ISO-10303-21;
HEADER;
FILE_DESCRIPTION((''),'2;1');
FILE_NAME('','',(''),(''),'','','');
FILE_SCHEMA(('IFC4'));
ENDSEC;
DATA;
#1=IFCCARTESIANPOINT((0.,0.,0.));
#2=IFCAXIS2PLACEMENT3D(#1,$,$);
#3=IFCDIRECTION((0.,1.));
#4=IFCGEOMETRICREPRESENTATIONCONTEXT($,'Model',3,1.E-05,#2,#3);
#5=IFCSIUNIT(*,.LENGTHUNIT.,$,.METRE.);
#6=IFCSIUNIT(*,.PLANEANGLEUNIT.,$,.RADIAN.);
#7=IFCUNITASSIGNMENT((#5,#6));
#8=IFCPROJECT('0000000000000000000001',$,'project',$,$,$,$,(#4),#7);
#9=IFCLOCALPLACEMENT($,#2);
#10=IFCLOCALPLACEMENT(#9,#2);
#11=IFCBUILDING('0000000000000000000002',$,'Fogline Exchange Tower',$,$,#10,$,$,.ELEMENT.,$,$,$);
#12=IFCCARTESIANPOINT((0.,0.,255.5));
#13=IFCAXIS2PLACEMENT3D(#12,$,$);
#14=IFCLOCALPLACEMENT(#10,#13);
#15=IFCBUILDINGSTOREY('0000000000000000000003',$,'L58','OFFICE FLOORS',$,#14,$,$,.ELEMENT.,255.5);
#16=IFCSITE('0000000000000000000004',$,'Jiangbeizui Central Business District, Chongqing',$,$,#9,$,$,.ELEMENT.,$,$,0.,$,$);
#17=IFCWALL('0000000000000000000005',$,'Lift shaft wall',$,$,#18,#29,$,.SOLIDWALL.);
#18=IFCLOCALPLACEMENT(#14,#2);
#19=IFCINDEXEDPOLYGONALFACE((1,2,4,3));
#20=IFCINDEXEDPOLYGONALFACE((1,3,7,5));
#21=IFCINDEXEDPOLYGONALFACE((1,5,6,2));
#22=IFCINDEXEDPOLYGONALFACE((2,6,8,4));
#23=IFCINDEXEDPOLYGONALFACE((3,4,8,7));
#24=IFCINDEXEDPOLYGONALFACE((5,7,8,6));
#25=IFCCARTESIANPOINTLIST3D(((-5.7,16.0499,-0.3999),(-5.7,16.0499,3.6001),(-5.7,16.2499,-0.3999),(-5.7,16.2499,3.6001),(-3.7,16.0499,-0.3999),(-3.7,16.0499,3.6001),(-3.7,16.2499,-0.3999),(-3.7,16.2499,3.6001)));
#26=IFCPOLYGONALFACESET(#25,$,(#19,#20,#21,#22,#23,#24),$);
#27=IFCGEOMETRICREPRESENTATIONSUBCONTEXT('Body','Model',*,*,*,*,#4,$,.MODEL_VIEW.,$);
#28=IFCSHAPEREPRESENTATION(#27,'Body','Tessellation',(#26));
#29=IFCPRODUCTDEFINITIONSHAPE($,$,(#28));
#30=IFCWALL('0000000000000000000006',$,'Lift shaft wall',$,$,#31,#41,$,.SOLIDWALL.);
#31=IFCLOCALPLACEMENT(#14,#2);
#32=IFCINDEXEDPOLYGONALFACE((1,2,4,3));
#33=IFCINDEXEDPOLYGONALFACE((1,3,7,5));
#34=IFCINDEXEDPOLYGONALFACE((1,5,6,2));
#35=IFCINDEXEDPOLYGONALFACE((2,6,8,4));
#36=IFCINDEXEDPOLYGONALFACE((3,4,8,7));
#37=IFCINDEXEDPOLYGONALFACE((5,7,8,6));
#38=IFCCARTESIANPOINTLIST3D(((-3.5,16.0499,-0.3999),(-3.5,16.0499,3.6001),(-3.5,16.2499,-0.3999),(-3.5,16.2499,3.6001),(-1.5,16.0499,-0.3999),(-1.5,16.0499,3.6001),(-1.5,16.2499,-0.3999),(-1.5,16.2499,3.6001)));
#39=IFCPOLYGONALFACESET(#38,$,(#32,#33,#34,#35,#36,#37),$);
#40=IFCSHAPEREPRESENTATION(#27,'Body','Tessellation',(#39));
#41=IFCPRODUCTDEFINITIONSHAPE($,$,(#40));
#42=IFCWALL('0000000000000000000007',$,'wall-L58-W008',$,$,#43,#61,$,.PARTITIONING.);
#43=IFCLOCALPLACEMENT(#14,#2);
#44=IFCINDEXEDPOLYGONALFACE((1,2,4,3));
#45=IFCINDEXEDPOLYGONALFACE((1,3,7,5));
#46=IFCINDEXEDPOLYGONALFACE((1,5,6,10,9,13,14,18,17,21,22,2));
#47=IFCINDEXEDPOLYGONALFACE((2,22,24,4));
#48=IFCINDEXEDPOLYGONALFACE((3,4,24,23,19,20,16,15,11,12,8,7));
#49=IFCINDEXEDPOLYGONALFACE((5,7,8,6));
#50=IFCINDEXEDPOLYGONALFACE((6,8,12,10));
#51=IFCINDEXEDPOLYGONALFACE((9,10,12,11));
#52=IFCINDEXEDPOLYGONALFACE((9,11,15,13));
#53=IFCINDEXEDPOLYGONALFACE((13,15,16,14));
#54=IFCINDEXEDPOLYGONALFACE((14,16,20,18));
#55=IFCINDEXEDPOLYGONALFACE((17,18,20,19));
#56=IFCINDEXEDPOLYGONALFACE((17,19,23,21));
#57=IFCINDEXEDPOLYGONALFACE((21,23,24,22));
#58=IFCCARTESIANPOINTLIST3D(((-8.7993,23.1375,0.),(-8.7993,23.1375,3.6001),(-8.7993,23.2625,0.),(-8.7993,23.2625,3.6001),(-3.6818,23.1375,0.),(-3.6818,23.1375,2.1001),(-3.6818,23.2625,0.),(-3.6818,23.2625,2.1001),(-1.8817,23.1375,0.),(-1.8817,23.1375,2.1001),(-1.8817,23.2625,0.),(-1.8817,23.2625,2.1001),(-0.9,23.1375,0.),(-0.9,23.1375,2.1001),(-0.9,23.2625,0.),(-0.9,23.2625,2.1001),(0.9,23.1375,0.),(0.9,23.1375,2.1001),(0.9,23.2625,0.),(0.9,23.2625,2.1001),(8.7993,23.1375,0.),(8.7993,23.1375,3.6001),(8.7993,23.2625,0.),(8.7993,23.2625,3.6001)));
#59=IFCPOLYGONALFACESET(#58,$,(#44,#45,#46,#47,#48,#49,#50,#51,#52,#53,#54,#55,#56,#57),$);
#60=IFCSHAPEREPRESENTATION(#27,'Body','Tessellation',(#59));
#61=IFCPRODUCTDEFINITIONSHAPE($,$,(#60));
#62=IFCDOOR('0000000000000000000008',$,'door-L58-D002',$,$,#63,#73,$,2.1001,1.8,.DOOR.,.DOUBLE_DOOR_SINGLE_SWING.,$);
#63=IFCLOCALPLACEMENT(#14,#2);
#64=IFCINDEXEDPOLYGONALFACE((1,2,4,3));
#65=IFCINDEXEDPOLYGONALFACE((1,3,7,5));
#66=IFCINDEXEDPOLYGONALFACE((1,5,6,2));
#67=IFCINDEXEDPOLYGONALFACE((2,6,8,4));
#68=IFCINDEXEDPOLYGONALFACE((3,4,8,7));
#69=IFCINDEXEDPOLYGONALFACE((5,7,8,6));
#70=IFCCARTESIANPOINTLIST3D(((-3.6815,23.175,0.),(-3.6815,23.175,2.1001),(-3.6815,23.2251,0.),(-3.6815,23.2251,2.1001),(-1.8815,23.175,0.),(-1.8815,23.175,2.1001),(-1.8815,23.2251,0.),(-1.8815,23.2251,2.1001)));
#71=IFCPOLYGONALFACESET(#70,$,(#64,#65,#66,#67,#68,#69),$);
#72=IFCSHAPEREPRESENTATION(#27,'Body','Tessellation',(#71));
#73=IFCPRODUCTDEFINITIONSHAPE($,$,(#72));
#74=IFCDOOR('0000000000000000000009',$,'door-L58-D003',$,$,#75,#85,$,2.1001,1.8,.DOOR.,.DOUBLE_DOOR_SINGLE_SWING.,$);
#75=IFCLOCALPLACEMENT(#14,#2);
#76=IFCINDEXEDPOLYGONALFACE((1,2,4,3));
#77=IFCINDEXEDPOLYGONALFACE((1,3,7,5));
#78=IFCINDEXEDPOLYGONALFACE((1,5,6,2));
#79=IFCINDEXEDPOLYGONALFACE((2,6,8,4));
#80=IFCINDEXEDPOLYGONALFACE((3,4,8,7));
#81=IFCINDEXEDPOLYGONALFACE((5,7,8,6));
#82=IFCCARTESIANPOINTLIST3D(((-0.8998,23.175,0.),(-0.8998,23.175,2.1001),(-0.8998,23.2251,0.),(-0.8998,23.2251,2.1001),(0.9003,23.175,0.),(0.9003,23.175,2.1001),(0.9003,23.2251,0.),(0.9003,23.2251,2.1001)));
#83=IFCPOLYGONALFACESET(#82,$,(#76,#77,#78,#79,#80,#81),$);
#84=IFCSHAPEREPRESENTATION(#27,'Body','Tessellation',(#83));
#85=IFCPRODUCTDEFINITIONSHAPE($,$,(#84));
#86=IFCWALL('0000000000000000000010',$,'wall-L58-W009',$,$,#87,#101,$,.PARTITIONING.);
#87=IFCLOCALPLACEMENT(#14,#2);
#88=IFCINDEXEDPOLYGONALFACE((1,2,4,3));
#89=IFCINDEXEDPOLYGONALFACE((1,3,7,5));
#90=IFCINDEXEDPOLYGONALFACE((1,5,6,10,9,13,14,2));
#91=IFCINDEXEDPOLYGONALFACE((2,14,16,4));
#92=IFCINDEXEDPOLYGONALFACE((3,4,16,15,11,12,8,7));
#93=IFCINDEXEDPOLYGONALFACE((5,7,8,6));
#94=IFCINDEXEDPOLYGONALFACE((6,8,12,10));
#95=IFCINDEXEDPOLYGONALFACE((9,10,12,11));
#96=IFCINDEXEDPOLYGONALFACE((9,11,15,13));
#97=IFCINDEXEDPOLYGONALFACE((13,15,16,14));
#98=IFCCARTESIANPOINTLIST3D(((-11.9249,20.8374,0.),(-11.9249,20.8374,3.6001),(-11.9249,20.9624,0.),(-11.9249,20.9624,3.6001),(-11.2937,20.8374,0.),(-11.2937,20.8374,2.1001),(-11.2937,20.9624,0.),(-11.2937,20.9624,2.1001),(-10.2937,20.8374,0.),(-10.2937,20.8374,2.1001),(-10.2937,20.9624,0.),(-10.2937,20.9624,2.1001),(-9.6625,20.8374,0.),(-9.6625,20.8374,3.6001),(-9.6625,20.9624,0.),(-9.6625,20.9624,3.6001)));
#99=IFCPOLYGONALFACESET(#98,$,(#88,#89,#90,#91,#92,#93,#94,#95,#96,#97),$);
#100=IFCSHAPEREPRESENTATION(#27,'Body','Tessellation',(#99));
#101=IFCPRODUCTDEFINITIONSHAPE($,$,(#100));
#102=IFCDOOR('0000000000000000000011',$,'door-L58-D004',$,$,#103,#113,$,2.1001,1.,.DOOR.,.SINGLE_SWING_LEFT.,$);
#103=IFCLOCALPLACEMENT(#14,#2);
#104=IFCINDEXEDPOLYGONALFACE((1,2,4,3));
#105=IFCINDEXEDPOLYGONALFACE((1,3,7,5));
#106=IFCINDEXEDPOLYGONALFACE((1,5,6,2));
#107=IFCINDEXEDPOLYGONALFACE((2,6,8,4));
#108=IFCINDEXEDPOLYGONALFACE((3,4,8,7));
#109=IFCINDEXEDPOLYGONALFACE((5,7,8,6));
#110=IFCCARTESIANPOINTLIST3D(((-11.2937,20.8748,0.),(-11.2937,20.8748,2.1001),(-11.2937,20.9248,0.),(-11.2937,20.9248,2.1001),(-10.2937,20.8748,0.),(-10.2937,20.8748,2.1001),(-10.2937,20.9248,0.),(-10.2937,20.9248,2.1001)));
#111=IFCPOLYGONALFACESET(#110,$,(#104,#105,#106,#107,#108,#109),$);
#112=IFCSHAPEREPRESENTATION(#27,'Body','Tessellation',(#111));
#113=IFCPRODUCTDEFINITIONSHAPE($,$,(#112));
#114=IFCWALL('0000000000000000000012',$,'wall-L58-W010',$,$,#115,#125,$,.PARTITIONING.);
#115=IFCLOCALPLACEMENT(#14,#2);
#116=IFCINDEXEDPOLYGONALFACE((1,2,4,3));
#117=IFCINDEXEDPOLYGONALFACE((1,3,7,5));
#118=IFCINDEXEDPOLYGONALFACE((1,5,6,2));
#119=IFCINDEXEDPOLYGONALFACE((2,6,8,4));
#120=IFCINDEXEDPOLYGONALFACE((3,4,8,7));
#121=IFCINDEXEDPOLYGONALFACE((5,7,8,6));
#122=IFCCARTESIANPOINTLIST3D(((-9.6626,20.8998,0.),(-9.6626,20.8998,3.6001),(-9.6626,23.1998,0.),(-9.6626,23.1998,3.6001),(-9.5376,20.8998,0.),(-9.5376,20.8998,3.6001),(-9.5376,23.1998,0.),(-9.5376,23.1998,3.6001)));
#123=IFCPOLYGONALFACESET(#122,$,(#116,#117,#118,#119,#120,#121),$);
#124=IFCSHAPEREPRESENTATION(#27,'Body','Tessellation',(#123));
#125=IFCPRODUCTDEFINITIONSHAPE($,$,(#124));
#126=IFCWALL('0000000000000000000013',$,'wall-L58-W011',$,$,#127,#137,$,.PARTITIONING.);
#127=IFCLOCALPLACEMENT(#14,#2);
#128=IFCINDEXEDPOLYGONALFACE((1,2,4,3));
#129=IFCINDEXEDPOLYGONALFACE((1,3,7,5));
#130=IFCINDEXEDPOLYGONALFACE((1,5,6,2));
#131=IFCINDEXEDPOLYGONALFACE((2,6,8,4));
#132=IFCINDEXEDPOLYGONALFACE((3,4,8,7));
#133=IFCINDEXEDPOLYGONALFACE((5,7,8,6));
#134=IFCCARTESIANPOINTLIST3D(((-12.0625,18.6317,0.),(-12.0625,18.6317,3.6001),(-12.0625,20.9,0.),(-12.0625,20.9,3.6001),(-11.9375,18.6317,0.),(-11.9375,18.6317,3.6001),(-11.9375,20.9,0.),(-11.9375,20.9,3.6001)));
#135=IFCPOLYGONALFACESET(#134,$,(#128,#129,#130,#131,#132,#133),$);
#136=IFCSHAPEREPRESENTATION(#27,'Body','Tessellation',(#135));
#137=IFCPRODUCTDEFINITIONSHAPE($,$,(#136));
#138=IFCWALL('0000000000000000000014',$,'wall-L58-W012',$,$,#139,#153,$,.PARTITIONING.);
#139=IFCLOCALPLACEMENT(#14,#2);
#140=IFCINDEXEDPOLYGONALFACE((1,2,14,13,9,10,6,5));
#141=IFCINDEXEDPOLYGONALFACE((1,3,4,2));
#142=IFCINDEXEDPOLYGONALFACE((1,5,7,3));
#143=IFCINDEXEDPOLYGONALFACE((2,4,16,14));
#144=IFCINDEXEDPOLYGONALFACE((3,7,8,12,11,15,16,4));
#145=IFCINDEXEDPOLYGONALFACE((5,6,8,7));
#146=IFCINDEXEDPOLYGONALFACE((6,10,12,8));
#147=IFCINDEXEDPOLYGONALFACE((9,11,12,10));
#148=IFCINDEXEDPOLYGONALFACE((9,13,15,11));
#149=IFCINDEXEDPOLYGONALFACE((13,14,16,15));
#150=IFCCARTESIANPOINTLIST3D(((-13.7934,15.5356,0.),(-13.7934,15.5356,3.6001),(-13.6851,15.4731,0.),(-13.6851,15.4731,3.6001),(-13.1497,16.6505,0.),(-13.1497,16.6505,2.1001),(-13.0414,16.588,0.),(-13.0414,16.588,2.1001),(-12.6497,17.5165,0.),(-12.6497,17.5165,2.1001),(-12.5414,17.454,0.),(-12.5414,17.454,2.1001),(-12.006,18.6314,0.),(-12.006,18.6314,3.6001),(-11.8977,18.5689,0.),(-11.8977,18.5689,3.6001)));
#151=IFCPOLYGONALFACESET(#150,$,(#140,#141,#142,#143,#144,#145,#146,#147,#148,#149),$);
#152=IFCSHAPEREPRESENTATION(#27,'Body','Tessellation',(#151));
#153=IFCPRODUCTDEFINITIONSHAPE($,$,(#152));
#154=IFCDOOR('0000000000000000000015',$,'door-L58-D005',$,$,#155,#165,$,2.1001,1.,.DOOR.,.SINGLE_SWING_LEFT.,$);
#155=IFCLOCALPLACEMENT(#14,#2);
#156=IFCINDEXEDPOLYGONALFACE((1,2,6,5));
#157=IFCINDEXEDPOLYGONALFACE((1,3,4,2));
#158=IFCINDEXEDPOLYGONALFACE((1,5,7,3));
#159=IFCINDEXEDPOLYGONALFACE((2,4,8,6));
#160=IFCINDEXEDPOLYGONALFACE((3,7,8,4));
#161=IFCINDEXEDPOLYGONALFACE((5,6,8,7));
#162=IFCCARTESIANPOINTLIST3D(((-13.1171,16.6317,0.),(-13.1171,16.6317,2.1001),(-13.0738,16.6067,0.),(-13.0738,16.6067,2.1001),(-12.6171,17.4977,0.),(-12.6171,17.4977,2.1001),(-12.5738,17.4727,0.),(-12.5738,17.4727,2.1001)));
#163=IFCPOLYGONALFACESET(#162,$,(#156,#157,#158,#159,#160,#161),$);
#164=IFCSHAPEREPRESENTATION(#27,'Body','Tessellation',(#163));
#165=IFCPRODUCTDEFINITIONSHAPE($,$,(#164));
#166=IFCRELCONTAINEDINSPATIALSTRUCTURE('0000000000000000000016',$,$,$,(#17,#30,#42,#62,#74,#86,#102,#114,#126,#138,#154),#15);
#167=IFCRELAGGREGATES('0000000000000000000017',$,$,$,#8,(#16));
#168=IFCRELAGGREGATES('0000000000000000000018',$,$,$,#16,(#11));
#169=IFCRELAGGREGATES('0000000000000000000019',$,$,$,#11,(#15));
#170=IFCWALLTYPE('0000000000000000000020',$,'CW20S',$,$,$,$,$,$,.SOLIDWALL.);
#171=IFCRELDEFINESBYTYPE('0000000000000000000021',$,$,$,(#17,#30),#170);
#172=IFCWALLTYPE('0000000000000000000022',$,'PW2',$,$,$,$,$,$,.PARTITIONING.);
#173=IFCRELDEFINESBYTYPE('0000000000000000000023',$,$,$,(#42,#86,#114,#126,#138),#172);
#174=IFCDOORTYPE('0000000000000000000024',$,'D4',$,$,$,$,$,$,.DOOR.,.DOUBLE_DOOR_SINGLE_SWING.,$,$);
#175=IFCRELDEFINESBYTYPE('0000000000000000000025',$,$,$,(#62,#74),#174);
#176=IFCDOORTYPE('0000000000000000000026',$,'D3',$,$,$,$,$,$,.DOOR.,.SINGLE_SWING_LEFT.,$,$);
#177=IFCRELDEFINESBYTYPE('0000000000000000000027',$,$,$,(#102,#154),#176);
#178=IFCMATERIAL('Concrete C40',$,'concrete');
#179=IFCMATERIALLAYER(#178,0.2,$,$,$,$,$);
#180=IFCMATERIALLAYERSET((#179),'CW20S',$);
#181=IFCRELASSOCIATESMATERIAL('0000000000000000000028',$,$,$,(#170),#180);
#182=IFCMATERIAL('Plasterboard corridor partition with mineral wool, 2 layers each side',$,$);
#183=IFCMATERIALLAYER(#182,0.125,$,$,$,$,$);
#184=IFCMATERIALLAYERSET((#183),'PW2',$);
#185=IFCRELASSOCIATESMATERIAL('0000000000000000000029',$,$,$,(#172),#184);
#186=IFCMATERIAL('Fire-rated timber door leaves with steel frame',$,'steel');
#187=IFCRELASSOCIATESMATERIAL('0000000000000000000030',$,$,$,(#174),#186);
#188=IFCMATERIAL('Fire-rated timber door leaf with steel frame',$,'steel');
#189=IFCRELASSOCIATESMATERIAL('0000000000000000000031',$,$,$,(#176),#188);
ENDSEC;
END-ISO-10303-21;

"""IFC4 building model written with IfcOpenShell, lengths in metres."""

from ifc_helpers import new_model, si_unit, direction, frame, frame_2d, origin, place, context, subcontext, project, spatial, rectangle, extrude, material, layer, layer_set, type_object, element, fill, save


model = new_model("IFC4")

# Units and contexts
model_context = context("Model", 3, precision=1e-05, world=origin(), true_north=direction((0.0, 1.0)))
body_context = subcontext(model_context, "Body", "Model", "MODEL_VIEW")
ifc_project = project(units=[si_unit("LENGTHUNIT", "METRE"), si_unit("PLANEANGLEUNIT", "RADIAN")], contexts=[model_context])

# Site, building, storey
site_placement = place(None, origin())
site = spatial("IfcSite", under=ifc_project, at=site_placement, Name="Jiangbeizui Central Business District, Chongqing", CompositionType="ELEMENT", RefElevation=0.0)
building_placement = place(site_placement, origin())
building = spatial("IfcBuilding", under=site, at=building_placement, Name="Fogline Exchange Tower", CompositionType="ELEMENT")
storey_placement = place(building_placement, frame((0.0, 0.0, 255.5)))
storey = spatial("IfcBuildingStorey", under=building, at=storey_placement, Name="L58", Description="OFFICE FLOORS", CompositionType="ELEMENT", Elevation=255.5)

# Shared definitions
ifc_material_1 = material(Name="Concrete C40", Category="concrete")

# Walls
ifc_layer_1 = layer(ifc_material_1, 0.2)
ifc_layer_set_1 = layer_set([ifc_layer_1], Name="CW20S")
wall_type_1 = type_object("IfcWallType", Name="CW20S", PredefinedType="SOLIDWALL", material=ifc_layer_set_1)
for number, where, z_axis, x_axis, name in (
    (1, (-5.7, 16.1499, -0.3999), (0.0, 0.0, 1.0), (1.0, 0.0, 0.0), "Lift shaft wall"),
    (2, (-3.5, 16.1499, -0.3999), (0.0, 0.0, 1.0), (1.0, 0.0, 0.0), "Lift shaft wall"),
):
    element("IfcWall", number, at=place(storey_placement, frame(where, z_axis=z_axis, x_axis=x_axis)), inside=storey, type_object=wall_type_1, Name=name, PredefinedType="SOLIDWALL", context=body_context, shape_type="SweptSolid", body=[
        extrude(rectangle(XDim=2.0, YDim=0.2, at=frame_2d((1.0, 0.0))), origin(), (0.0, 0.0, 1.0), 4.0),
    ])

# Wall, openings, doors
ifc_material_2 = material(Name="Plasterboard corridor partition with mineral wool, 2 layers each side")
ifc_layer_2 = layer(ifc_material_2, 0.125)
ifc_layer_set_2 = layer_set([ifc_layer_2], Name="PW2")
wall_type_2 = type_object("IfcWallType", Name="PW2", PredefinedType="PARTITIONING", material=ifc_layer_set_2)
wall_1_placement = place(storey_placement, frame((-8.7993, 23.2, 0.0), z_axis=(0.0, 0.0, 1.0), x_axis=(1.0, 0.0, 0.0)))
wall_1 = element("IfcWall", 3, at=wall_1_placement, inside=storey, type_object=wall_type_2, Name="wall-L58-W008", PredefinedType="PARTITIONING", context=body_context, shape_type="SweptSolid", body=[
    extrude(rectangle(XDim=17.5986, YDim=0.125, at=frame_2d((8.7993, 0.0))), origin(), (0.0, 0.0, 1.0), 3.6001),
])
opening_1_placement = place(wall_1_placement, frame((5.1177, 0.0, 0.0)))
opening_1 = element("IfcOpeningElement", 4, at=opening_1_placement, cuts=wall_1, PredefinedType="OPENING", context=body_context, shape_type="SweptSolid", body=[
    extrude(rectangle(XDim=1.8, YDim=2.1001, at=frame_2d((0.8999, 1.05))), frame((0.0, 0.0725, 0.0), z_axis=(0.0, -1.0, 0.0), x_axis=(1.0, 0.0, 0.0)), (0.0, 0.0, 1.0), 0.145),
])
opening_2_placement = place(wall_1_placement, frame((7.8994, 0.0, 0.0)))
opening_2 = element("IfcOpeningElement", 5, at=opening_2_placement, cuts=wall_1, PredefinedType="OPENING", context=body_context, shape_type="SweptSolid", body=[
    extrude(rectangle(XDim=1.8, YDim=2.1001, at=frame_2d((0.8999, 1.05))), frame((0.0, 0.0725, 0.0), z_axis=(0.0, -1.0, 0.0), x_axis=(1.0, 0.0, 0.0)), (0.0, 0.0, 1.0), 0.145),
])
ifc_material_3 = material(Name="Fire-rated timber door leaves with steel frame", Category="steel")
door_type_1 = type_object("IfcDoorType", Name="D4", OperationType="DOUBLE_DOOR_SINGLE_SWING", PredefinedType="DOOR", material=ifc_material_3)
door_1_placement = place(opening_1_placement, frame((1.8, 0.0, 0.0), z_axis=(0.0, 0.0, 1.0), x_axis=(-1.0, 0.0, 0.0)))
door_1 = element("IfcDoor", 6, at=door_1_placement, inside=storey, type_object=door_type_1, Name="door-L58-D002", OperationType="DOUBLE_DOOR_SINGLE_SWING", OverallHeight=2.1001, OverallWidth=1.8, PredefinedType="DOOR", context=body_context, shape_type="SweptSolid", body=[
    extrude(rectangle(XDim=1.8, YDim=2.1001, at=frame_2d((0.8999, 1.05))), frame((0.0, 0.0249, 0.0), z_axis=(0.0, -1.0, 0.0), x_axis=(1.0, 0.0, 0.0)), (0.0, 0.0, 1.0), 0.05),
])
fill(opening_1, door_1)
door_2_placement = place(opening_2_placement, frame((1.8, 0.0, 0.0), z_axis=(0.0, 0.0, 1.0), x_axis=(-1.0, 0.0, 0.0)))
door_2 = element("IfcDoor", 7, at=door_2_placement, inside=storey, type_object=door_type_1, Name="door-L58-D003", OperationType="DOUBLE_DOOR_SINGLE_SWING", OverallHeight=2.1001, OverallWidth=1.8, PredefinedType="DOOR", context=body_context, shape_type="SweptSolid", body=[
    extrude(rectangle(XDim=1.8, YDim=2.1001, at=frame_2d((0.8999, 1.05))), frame((0.0, 0.0249, 0.0), z_axis=(0.0, -1.0, 0.0), x_axis=(1.0, 0.0, 0.0)), (0.0, 0.0, 1.0), 0.05),
])
fill(opening_2, door_2)

# Wall, opening, door
wall_2_placement = place(storey_placement, frame((-11.925, 20.8999, 0.0), z_axis=(0.0, 0.0, 1.0), x_axis=(1.0, 0.0, 0.0)))
wall_2 = element("IfcWall", 8, at=wall_2_placement, inside=storey, type_object=wall_type_2, Name="wall-L58-W009", PredefinedType="PARTITIONING", context=body_context, shape_type="SweptSolid", body=[
    extrude(rectangle(XDim=2.2625, YDim=0.125, at=frame_2d((1.1313, 0.0))), origin(), (0.0, 0.0, 1.0), 3.6001),
])
opening_3_placement = place(wall_2_placement, frame((0.6313, 0.0, 0.0)))
opening_3 = element("IfcOpeningElement", 9, at=opening_3_placement, cuts=wall_2, PredefinedType="OPENING", context=body_context, shape_type="SweptSolid", body=[
    extrude(rectangle(XDim=1.0, YDim=2.1001, at=frame_2d((0.5, 1.05))), frame((0.0, 0.0725, 0.0), z_axis=(0.0, -1.0, 0.0), x_axis=(1.0, 0.0, 0.0)), (0.0, 0.0, 1.0), 0.145),
])
ifc_material_4 = material(Name="Fire-rated timber door leaf with steel frame", Category="steel")
door_type_2 = type_object("IfcDoorType", Name="D3", OperationType="SINGLE_SWING_LEFT", PredefinedType="DOOR", material=ifc_material_4)
door_3_placement = place(opening_3_placement, origin())
door_3 = element("IfcDoor", 10, at=door_3_placement, inside=storey, type_object=door_type_2, Name="door-L58-D004", OperationType="SINGLE_SWING_LEFT", OverallHeight=2.1001, OverallWidth=1.0, PredefinedType="DOOR", context=body_context, shape_type="SweptSolid", body=[
    extrude(rectangle(XDim=1.0, YDim=2.1001, at=frame_2d((0.5, 1.05))), frame((0.0, 0.0249, 0.0), z_axis=(0.0, -1.0, 0.0), x_axis=(1.0, 0.0, 0.0)), (0.0, 0.0, 1.0), 0.05),
])
fill(opening_3, door_3)

# Walls
wall_3_placement = place(storey_placement, frame((-9.6001, 20.8999, 0.0), z_axis=(0.0, 0.0, 1.0), x_axis=(0.0, 1.0, 0.0)))
element("IfcWall", 11, at=wall_3_placement, inside=storey, type_object=wall_type_2, Name="wall-L58-W010", PredefinedType="PARTITIONING", context=body_context, shape_type="SweptSolid", body=[
    extrude(rectangle(XDim=2.3, YDim=0.125, at=frame_2d((1.1499, 0.0))), origin(), (0.0, 0.0, 1.0), 3.6001),
])
wall_4_placement = place(storey_placement, frame((-12.0, 18.6316, 0.0), z_axis=(0.0, 0.0, 1.0), x_axis=(0.0, 1.0, 0.0)))
element("IfcWall", 12, at=wall_4_placement, inside=storey, type_object=wall_type_2, Name="wall-L58-W011", PredefinedType="PARTITIONING", context=body_context, shape_type="SweptSolid", body=[
    extrude(rectangle(XDim=2.2683, YDim=0.125, at=frame_2d((1.1343, 0.0))), origin(), (0.0, 0.0, 1.0), 3.6001),
])

# Wall, opening, door
wall_5_placement = place(storey_placement, frame((-13.7393, 15.5044, 0.0), z_axis=(0.0, 0.0, 1.0), x_axis=(0.50001, 0.86602, 0.0)))
wall_5 = element("IfcWall", 13, at=wall_5_placement, inside=storey, type_object=wall_type_2, Name="wall-L58-W012", PredefinedType="PARTITIONING", context=body_context, shape_type="SweptSolid", body=[
    extrude(rectangle(XDim=3.5747, YDim=0.125, at=frame_2d((1.7874, 0.0))), origin(), (0.0, 0.0, 1.0), 3.6001),
])
opening_4_placement = place(wall_5_placement, frame((1.2874, 0.0, 0.0)))
opening_4 = element("IfcOpeningElement", 14, at=opening_4_placement, cuts=wall_5, PredefinedType="OPENING", context=body_context, shape_type="SweptSolid", body=[
    extrude(rectangle(XDim=1.0, YDim=2.1001, at=frame_2d((0.5, 1.05))), frame((0.0, 0.0725, 0.0), z_axis=(0.0, -1.0, 0.0), x_axis=(1.0, 0.0, 0.0)), (0.0, 0.0, 1.0), 0.145),
])
door_4_placement = place(opening_4_placement, origin())
door_4 = element("IfcDoor", 15, at=door_4_placement, inside=storey, type_object=door_type_2, Name="door-L58-D005", OperationType="SINGLE_SWING_LEFT", OverallHeight=2.1001, OverallWidth=1.0, PredefinedType="DOOR", context=body_context, shape_type="SweptSolid", body=[
    extrude(rectangle(XDim=1.0, YDim=2.1001, at=frame_2d((0.5, 1.05))), frame((0.0, 0.0249, 0.0), z_axis=(0.0, -1.0, 0.0), x_axis=(1.0, 0.0, 0.0)), (0.0, 0.0, 1.0), 0.05),
])
fill(opening_4, door_4)

save(model, "model.ifc")
